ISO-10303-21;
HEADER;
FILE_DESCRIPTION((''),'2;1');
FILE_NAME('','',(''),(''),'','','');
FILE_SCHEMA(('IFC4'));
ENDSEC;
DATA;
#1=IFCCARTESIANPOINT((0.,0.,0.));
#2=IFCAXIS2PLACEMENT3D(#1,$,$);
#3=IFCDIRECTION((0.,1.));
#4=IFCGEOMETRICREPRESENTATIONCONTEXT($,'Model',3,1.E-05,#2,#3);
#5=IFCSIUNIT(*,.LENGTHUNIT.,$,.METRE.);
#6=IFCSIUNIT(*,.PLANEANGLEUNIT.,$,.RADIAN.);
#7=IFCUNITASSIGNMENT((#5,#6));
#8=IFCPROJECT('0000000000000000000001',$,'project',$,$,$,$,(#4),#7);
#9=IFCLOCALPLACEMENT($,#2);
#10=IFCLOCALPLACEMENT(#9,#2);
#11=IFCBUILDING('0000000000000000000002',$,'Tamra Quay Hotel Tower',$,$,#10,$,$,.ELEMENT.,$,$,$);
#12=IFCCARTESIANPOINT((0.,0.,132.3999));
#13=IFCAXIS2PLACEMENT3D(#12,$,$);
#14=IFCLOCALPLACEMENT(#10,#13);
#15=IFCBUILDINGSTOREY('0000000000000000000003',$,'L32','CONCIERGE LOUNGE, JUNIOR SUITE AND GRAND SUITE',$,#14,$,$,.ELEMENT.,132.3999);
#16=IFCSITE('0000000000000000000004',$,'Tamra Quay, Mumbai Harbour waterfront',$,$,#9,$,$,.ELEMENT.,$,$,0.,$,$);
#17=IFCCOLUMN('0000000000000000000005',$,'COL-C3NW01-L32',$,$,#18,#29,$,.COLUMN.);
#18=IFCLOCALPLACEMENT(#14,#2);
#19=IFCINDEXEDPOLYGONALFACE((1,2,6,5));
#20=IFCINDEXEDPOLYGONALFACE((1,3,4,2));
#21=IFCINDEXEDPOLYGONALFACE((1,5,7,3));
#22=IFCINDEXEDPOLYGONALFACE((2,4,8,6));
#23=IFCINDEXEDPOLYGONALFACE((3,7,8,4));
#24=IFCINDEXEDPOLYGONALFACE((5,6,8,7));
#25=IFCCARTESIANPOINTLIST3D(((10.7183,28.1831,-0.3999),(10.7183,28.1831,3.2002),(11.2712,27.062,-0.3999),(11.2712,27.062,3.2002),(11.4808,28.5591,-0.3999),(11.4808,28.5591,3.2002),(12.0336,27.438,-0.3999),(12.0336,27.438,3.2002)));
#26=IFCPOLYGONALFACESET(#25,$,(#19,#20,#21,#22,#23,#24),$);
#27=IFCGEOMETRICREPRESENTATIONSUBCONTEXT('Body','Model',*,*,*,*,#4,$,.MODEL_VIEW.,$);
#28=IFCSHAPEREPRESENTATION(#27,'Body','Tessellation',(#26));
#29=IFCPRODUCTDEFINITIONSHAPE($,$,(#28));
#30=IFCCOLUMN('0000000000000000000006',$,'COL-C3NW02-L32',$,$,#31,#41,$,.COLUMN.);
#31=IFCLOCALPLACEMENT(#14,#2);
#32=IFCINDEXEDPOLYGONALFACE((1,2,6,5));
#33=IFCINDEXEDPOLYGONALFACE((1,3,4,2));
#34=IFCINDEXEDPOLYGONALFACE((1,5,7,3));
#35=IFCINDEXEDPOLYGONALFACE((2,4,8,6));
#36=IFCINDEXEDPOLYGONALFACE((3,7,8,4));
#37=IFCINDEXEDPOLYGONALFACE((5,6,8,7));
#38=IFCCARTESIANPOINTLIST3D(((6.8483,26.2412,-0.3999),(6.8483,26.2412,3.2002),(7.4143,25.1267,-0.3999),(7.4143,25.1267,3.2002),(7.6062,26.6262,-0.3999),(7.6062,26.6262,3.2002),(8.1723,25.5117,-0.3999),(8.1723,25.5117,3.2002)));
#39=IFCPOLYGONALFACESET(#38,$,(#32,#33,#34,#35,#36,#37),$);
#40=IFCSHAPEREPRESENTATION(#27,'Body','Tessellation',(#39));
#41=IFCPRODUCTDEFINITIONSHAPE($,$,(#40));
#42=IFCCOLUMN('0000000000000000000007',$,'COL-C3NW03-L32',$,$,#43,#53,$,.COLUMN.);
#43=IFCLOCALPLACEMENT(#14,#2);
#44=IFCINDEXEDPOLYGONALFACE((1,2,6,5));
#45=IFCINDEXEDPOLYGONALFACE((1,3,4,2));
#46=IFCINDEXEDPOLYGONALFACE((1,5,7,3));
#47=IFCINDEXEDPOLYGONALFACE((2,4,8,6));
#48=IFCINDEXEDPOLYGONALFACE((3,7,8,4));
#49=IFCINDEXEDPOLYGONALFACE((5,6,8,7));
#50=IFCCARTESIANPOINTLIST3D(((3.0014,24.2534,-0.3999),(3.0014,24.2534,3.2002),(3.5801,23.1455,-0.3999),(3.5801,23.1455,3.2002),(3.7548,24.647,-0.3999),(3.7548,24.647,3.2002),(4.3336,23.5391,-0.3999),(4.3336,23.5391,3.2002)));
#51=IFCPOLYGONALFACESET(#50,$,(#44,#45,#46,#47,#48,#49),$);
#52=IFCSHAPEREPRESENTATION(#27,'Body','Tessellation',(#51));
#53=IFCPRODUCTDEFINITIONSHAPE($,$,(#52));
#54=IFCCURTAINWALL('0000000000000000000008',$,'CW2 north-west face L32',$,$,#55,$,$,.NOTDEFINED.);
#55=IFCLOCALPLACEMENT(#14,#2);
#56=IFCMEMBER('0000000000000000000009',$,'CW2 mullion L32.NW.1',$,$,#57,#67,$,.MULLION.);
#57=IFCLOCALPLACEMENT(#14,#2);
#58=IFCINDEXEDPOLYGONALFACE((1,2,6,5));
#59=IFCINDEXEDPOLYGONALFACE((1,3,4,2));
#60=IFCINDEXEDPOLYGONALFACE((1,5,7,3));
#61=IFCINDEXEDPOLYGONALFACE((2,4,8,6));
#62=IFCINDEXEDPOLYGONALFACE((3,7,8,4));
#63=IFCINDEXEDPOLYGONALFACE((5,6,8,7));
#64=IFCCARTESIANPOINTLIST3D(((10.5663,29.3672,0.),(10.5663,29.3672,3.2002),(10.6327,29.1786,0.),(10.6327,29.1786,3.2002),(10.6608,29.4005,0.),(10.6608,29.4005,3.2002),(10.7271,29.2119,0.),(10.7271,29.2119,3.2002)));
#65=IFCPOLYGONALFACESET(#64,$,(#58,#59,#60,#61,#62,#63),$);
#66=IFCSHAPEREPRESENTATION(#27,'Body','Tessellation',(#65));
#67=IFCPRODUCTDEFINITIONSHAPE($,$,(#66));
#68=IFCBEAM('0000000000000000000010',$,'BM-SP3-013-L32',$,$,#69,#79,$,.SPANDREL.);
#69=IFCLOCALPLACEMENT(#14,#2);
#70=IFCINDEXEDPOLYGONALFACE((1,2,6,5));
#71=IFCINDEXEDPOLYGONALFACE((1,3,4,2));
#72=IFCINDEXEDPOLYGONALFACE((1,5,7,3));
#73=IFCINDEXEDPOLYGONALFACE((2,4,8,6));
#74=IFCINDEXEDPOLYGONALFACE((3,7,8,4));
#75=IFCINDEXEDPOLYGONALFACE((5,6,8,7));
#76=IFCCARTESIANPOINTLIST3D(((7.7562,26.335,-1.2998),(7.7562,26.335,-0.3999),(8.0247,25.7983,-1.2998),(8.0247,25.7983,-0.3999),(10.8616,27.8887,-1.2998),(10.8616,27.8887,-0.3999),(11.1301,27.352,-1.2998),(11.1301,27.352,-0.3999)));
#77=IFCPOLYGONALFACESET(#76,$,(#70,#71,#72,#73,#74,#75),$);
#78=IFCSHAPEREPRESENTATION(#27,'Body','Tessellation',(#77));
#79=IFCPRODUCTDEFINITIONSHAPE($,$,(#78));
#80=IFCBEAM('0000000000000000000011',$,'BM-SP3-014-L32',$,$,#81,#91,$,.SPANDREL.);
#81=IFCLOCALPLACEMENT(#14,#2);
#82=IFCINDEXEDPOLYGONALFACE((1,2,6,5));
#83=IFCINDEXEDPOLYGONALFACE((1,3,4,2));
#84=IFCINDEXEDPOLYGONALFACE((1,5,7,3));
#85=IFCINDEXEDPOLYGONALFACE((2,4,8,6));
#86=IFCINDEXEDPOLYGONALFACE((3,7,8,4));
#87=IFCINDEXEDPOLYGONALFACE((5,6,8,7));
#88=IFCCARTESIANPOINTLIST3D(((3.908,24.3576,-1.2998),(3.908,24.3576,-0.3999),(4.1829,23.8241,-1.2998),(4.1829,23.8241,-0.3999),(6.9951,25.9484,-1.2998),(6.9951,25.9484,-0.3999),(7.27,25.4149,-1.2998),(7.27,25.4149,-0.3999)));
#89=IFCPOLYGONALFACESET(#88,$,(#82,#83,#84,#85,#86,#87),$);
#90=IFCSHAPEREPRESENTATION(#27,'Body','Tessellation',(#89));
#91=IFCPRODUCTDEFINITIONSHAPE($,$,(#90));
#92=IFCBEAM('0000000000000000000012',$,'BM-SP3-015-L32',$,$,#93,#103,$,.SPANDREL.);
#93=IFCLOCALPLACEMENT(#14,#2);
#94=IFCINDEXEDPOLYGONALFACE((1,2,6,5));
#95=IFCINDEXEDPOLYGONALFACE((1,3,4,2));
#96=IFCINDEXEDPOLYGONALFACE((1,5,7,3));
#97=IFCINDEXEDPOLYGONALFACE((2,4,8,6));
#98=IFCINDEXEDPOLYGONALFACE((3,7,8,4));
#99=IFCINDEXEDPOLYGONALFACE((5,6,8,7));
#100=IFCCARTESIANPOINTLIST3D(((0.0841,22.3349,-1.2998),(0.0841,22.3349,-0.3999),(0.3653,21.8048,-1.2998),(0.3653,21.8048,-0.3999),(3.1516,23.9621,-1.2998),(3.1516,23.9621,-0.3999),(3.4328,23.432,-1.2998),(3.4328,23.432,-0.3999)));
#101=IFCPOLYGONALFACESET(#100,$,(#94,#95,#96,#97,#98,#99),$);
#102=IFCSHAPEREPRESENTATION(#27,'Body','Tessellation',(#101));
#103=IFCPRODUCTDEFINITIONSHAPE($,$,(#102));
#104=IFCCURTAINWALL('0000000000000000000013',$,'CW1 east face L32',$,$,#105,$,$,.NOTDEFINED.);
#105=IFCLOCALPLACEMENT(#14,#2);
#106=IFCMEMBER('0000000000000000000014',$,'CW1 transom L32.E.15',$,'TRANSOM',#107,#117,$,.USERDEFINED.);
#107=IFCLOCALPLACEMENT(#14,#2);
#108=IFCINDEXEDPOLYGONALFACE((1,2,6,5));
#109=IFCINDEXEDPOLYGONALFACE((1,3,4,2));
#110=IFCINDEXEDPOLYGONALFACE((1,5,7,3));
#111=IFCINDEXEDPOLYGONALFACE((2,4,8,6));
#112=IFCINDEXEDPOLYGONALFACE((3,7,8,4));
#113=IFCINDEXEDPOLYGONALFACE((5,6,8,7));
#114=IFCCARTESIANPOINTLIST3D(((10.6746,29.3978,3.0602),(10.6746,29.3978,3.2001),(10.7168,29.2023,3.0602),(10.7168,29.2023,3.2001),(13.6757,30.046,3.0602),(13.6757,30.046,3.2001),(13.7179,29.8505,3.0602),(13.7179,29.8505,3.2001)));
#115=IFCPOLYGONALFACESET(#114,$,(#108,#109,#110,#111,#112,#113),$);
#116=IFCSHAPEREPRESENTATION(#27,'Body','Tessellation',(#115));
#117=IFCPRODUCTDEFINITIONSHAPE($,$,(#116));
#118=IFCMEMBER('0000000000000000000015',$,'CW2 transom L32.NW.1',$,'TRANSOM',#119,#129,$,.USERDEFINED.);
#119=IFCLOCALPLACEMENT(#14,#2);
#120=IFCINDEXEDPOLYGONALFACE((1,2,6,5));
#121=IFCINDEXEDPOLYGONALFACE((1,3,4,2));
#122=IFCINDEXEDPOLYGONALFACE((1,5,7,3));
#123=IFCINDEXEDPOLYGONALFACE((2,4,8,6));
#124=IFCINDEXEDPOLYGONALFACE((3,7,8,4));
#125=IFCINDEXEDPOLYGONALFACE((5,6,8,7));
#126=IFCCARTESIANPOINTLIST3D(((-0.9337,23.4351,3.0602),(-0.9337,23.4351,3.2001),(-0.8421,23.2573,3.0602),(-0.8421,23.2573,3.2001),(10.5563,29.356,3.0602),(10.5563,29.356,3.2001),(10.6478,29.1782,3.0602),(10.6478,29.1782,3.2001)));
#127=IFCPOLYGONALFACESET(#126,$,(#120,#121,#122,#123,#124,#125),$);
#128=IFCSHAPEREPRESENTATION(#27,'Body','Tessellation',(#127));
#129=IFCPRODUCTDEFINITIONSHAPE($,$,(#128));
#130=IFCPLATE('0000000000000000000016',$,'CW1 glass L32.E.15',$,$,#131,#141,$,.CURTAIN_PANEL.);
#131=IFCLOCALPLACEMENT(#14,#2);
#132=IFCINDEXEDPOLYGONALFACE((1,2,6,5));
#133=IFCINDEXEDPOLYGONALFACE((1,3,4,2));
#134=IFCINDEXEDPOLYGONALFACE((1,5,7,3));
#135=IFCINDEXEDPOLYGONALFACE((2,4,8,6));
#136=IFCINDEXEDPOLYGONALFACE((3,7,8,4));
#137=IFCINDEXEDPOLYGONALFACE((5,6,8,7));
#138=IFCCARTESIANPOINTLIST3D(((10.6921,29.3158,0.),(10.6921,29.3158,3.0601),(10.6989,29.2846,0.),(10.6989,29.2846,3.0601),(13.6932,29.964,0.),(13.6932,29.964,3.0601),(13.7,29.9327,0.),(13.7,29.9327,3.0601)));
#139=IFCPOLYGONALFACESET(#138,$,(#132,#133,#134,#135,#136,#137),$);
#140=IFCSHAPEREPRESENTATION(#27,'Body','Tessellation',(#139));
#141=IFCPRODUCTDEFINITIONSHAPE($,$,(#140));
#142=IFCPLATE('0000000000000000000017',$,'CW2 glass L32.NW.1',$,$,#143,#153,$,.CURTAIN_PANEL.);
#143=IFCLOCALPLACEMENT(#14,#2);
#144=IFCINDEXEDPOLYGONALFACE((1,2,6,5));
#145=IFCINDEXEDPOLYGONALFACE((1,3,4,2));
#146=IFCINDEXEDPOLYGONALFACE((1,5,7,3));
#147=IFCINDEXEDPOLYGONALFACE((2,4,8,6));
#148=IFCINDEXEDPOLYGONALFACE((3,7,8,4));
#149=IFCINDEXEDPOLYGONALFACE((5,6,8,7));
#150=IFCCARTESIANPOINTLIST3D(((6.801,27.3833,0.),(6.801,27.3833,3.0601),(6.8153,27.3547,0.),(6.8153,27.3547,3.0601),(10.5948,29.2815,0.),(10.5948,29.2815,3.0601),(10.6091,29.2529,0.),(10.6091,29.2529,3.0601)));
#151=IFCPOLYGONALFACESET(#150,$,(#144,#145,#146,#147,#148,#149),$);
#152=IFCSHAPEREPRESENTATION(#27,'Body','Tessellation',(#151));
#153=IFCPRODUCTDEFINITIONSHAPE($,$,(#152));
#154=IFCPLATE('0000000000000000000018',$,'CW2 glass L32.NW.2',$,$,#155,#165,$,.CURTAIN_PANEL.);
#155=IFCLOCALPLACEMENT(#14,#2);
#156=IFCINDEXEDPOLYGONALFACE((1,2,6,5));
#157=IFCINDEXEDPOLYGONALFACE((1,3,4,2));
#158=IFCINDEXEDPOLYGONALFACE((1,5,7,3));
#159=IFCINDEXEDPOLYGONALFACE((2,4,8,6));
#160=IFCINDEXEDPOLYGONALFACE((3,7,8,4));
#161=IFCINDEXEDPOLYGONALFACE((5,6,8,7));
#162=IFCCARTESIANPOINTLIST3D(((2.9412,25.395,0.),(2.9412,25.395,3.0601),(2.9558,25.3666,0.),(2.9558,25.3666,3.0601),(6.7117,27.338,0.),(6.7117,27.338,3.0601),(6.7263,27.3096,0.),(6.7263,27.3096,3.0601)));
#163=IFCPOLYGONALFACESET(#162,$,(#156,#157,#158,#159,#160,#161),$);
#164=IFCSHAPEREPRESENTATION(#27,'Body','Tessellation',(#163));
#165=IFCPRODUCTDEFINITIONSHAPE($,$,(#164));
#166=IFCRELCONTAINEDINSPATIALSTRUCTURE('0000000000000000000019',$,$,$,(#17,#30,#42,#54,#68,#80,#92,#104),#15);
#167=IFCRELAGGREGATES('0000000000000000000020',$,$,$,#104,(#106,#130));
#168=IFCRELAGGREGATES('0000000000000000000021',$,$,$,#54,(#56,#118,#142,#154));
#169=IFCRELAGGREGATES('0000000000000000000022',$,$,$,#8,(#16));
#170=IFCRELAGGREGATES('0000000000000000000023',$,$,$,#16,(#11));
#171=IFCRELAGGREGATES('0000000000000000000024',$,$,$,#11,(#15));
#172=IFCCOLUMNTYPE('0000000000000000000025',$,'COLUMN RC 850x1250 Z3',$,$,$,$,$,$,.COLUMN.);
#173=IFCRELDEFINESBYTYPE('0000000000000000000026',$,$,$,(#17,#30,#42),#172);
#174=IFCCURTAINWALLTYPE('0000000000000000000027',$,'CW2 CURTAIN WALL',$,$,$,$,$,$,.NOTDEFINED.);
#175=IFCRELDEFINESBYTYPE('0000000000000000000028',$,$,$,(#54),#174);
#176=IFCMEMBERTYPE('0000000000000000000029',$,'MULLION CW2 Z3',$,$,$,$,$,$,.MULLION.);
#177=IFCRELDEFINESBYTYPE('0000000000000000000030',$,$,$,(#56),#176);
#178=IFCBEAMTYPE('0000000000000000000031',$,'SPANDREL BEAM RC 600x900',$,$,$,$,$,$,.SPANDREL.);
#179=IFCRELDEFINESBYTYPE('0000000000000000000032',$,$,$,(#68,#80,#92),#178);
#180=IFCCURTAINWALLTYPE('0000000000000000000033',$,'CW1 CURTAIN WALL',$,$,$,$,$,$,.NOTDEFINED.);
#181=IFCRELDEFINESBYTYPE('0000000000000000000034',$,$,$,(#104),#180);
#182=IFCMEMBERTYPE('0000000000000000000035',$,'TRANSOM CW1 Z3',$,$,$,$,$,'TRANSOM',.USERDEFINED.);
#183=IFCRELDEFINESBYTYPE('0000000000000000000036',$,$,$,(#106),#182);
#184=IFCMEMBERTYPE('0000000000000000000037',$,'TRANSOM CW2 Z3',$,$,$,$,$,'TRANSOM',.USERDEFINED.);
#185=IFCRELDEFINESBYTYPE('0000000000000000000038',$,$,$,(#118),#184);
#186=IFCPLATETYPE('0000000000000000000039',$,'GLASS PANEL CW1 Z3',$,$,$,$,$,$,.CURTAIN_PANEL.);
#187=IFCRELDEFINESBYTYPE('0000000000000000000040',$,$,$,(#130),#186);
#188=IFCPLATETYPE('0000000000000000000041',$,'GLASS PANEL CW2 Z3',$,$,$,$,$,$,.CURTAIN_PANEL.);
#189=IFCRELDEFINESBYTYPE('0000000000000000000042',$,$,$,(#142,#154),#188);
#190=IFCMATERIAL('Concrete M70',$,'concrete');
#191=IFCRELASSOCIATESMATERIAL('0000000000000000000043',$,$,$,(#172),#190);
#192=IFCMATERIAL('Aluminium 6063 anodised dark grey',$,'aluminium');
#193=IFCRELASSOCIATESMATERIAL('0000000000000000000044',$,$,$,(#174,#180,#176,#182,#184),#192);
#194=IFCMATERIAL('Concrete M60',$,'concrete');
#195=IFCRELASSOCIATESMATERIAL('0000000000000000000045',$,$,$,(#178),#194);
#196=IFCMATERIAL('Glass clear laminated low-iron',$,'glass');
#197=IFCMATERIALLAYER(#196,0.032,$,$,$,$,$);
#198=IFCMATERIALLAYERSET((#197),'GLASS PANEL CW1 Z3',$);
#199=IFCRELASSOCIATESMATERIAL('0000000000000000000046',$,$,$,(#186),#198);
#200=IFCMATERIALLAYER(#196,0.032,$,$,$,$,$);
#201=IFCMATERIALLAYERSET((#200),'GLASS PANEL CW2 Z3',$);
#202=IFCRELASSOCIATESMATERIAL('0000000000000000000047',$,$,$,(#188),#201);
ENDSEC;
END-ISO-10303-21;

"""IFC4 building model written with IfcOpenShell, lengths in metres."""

from ifc_helpers import new_model, si_unit, direction, frame, origin, origin_2d, place, context, subcontext, project, spatial, rectangle, extrude, material, layer, layer_set, material_profile, profile_set, type_object, element, aggregate, save


model = new_model("IFC4")

# Units and contexts
model_context = context("Model", 3, precision=1e-05, world=origin(), true_north=direction((0.0, 1.0)))
body_context = subcontext(model_context, "Body", "Model", "MODEL_VIEW")
ifc_project = project(units=[si_unit("LENGTHUNIT", "METRE"), si_unit("PLANEANGLEUNIT", "RADIAN")], contexts=[model_context])

# Site, building, storey
site_placement = place(None, origin())
site = spatial("IfcSite", under=ifc_project, at=site_placement, Name="Tamra Quay, Mumbai Harbour waterfront", CompositionType="ELEMENT", RefElevation=0.0)
building_placement = place(site_placement, origin())
building = spatial("IfcBuilding", under=site, at=building_placement, Name="Tamra Quay Hotel Tower", CompositionType="ELEMENT")
storey_placement = place(building_placement, frame((0.0, 0.0, 132.3999)))
storey = spatial("IfcBuildingStorey", under=building, at=storey_placement, Name="L32", Description="CONCIERGE LOUNGE, JUNIOR SUITE AND GRAND SUITE", CompositionType="ELEMENT", Elevation=132.3999)

# Columns
ifc_material_1 = material(Name="Concrete M70", Category="concrete")
ifc_material_profile_1 = material_profile(ifc_material_1, rectangle(XDim=1.25, YDim=0.8501, at=origin_2d()), Name="COLUMN RC 850x1250 Z3")
ifc_profile_set_1 = profile_set([ifc_material_profile_1], Name="Concrete M70")
column_type = type_object("IfcColumnType", Name="COLUMN RC 850x1250 Z3", PredefinedType="COLUMN", material=ifc_profile_set_1)
for number, where, z_axis, x_axis, name in (
    (1, (11.376, 27.8105, -0.3999), (0.0, 0.0, 1.0), (-0.442275, 0.89688, 0.0), "COL-C3NW01-L32"),
    (2, (7.5103, 25.8765, -0.3999), (0.0, 0.0, 1.0), (-0.45286, 0.891582, 0.0), "COL-C3NW02-L32"),
    (3, (3.6675, 23.8962, -0.3999), (0.0, 0.0, 1.0), (-0.463007, 0.886355, 0.0), "COL-C3NW03-L32"),
):
    element("IfcColumn", number, at=place(storey_placement, frame(where, z_axis=z_axis, x_axis=x_axis)), inside=storey, type_object=column_type, Name=name, PredefinedType="COLUMN", context=body_context, shape_type="SweptSolid", body=[
        extrude(rectangle(XDim=1.25, YDim=0.8501, at=origin_2d()), origin(), (0.0, 0.0, 1.0), 3.6001),
    ])

# Curtain wall, member
ifc_material_2 = material(Name="Aluminium 6063 anodised dark grey", Category="aluminium")
curtain_wall_type_1 = type_object("IfcCurtainWallType", Name="CW2 CURTAIN WALL", PredefinedType="NOTDEFINED", material=ifc_material_2)
curtain_wall_1_placement = place(storey_placement, origin())
curtain_wall_1 = element("IfcCurtainWall", 4, at=curtain_wall_1_placement, inside=storey, type_object=curtain_wall_type_1, Name="CW2 north-west face L32", PredefinedType="NOTDEFINED")
ifc_material_profile_2 = material_profile(ifc_material_2, rectangle(XDim=0.2, YDim=0.1001, at=origin_2d()), Name="MULLION 100X200")
ifc_profile_set_2 = profile_set([ifc_material_profile_2], Name="Aluminium 6063 anodised dark grey")
member_type_1 = type_object("IfcMemberType", Name="MULLION CW2 Z3", PredefinedType="MULLION", material=ifc_profile_set_2)
member_1_placement = place(storey_placement, frame((10.6467, 29.2896, 0.0), z_axis=(0.0, 0.0, 1.0), x_axis=(-0.331894, 0.943317, 0.0)))
member_1 = element("IfcMember", 5, at=member_1_placement, type_object=member_type_1, Name="CW2 mullion L32.NW.1", PredefinedType="MULLION", context=body_context, shape_type="SweptSolid", body=[
    extrude(rectangle(XDim=0.2, YDim=0.1001, at=origin_2d()), origin(), (0.0, 0.0, 1.0), 3.2002),
])

# Beams
ifc_material_3 = material(Name="Concrete M60", Category="concrete")
ifc_material_profile_3 = material_profile(ifc_material_3, rectangle(XDim=0.6001, YDim=0.8999, at=origin_2d()), Name="SPANDREL BEAM RC 600x900")
ifc_profile_set_3 = profile_set([ifc_material_profile_3], Name="Concrete M60")
beam_type = type_object("IfcBeamType", Name="SPANDREL BEAM RC 600x900", PredefinedType="SPANDREL", material=ifc_profile_set_3)
beam_1_placement = place(storey_placement, frame((10.9958, 27.6204, -0.8499), z_axis=(-0.894315, -0.447439, 0.0), x_axis=(0.447439, -0.894315, 0.0)))
element("IfcBeam", 6, at=beam_1_placement, inside=storey, type_object=beam_type, Name="BM-SP3-013-L32", PredefinedType="SPANDREL", context=body_context, shape_type="SweptSolid", body=[
    extrude(rectangle(XDim=0.6001, YDim=0.8999, at=origin_2d()), origin(), (0.0, 0.0, 1.0), 3.4724),
])
beam_2_placement = place(storey_placement, frame((7.1326, 25.6816, -0.8499), z_axis=(-0.88892, -0.458063, 0.0), x_axis=(0.458063, -0.88892, 0.0)))
element("IfcBeam", 7, at=beam_2_placement, inside=storey, type_object=beam_type, Name="BM-SP3-014-L32", PredefinedType="SPANDREL", context=body_context, shape_type="SweptSolid", body=[
    extrude(rectangle(XDim=0.6001, YDim=0.8999, at=origin_2d()), origin(), (0.0, 0.0, 1.0), 3.4729),
])
beam_3_placement = place(storey_placement, frame((3.2922, 23.697, -0.8499), z_axis=(-0.883411, -0.468598, 0.0), x_axis=(0.468598, -0.883411, 0.0)))
element("IfcBeam", 8, at=beam_3_placement, inside=storey, type_object=beam_type, Name="BM-SP3-015-L32", PredefinedType="SPANDREL", context=body_context, shape_type="SweptSolid", body=[
    extrude(rectangle(XDim=0.6001, YDim=0.8999, at=origin_2d()), origin(), (0.0, 0.0, 1.0), 3.4724),
])

# Curtain wall, member
curtain_wall_type_2 = type_object("IfcCurtainWallType", Name="CW1 CURTAIN WALL", PredefinedType="NOTDEFINED", material=ifc_material_2)
curtain_wall_2_placement = place(storey_placement, origin())
curtain_wall_2 = element("IfcCurtainWall", 9, at=curtain_wall_2_placement, inside=storey, type_object=curtain_wall_type_2, Name="CW1 east face L32", PredefinedType="NOTDEFINED")
ifc_material_profile_4 = material_profile(ifc_material_2, rectangle(XDim=0.2, YDim=0.1399, at=origin_2d()), Name="TRANSOM 200X140")
ifc_profile_set_4 = profile_set([ifc_material_profile_4], Name="Aluminium 6063 anodised dark grey")
member_type_2 = type_object("IfcMemberType", Name="TRANSOM CW1 Z3", ElementType="TRANSOM", PredefinedType="USERDEFINED", material=ifc_profile_set_4)
member_2_placement = place(storey_placement, frame((13.6968, 29.9482, 3.1301), z_axis=(-0.977463, -0.211109, 0.0), x_axis=(0.211109, -0.977463, 0.0)))
member_2 = element("IfcMember", 10, at=member_2_placement, type_object=member_type_2, Name="CW1 transom L32.E.15", ObjectType="TRANSOM", PredefinedType="USERDEFINED", context=body_context, shape_type="SweptSolid", body=[
    extrude(rectangle(XDim=0.2, YDim=0.1399, at=origin_2d()), origin(), (0.0, 0.0, 1.0), 3.0703),
])

# Member
ifc_material_profile_5 = material_profile(ifc_material_2, rectangle(XDim=0.2, YDim=0.1399, at=origin_2d()), Name="TRANSOM 200X140")
ifc_profile_set_5 = profile_set([ifc_material_profile_5], Name="Aluminium 6063 anodised dark grey")
member_type_3 = type_object("IfcMemberType", Name="TRANSOM CW2 Z3", ElementType="TRANSOM", PredefinedType="USERDEFINED", material=ifc_profile_set_5)
member_3_placement = place(storey_placement, frame((10.6021, 29.2671, 3.1301), z_axis=(-0.888917, -0.458067, 0.0), x_axis=(0.458067, -0.888917, 0.0)))
member_3 = element("IfcMember", 11, at=member_3_placement, type_object=member_type_3, Name="CW2 transom L32.NW.1", ObjectType="TRANSOM", PredefinedType="USERDEFINED", context=body_context, shape_type="SweptSolid", body=[
    extrude(rectangle(XDim=0.2, YDim=0.1399, at=origin_2d()), origin(), (0.0, 0.0, 1.0), 12.9258),
])

# Plates
ifc_material_4 = material(Name="Glass clear laminated low-iron", Category="glass")
ifc_layer_1 = layer(ifc_material_4, 0.032)
ifc_layer_set_1 = layer_set([ifc_layer_1], Name="GLASS PANEL CW1 Z3")
plate_type_1 = type_object("IfcPlateType", Name="GLASS PANEL CW1 Z3", PredefinedType="CURTAIN_PANEL", material=ifc_layer_set_1)
plate_1_placement = place(storey_placement, frame((12.196, 29.6243, 0.0), z_axis=(0.0, 0.0, 1.0), x_axis=(-0.977465, -0.211099, 0.0)))
plate_1 = element("IfcPlate", 12, at=plate_1_placement, type_object=plate_type_1, Name="CW1 glass L32.E.15", PredefinedType="CURTAIN_PANEL", context=body_context, shape_type="SweptSolid", body=[
    extrude(rectangle(XDim=3.0703, YDim=0.032, at=origin_2d()), origin(), (0.0, 0.0, 1.0), 3.0601),
])
aggregate(curtain_wall_2, [member_2, plate_1])
ifc_layer_2 = layer(ifc_material_4, 0.032)
ifc_layer_set_2 = layer_set([ifc_layer_2], Name="GLASS PANEL CW2 Z3")
plate_type_2 = type_object("IfcPlateType", Name="GLASS PANEL CW2 Z3", PredefinedType="CURTAIN_PANEL", material=ifc_layer_set_2)
plate_2_placement = place(storey_placement, frame((8.7051, 28.3181, 0.0), z_axis=(0.0, 0.0, 1.0), x_axis=(-0.894305, -0.447459, 0.0)))
plate_2 = element("IfcPlate", 13, at=plate_2_placement, type_object=plate_type_2, Name="CW2 glass L32.NW.1", PredefinedType="CURTAIN_PANEL", context=body_context, shape_type="SweptSolid", body=[
    extrude(rectangle(XDim=4.2422, YDim=0.032, at=origin_2d()), origin(), (0.0, 0.0, 1.0), 3.0601),
])
plate_3_placement = place(storey_placement, frame((4.8337, 26.3523, 0.0), z_axis=(0.0, 0.0, 1.0), x_axis=(-0.888911, -0.45808, 0.0)))
plate_3 = element("IfcPlate", 14, at=plate_3_placement, type_object=plate_type_2, Name="CW2 glass L32.NW.2", PredefinedType="CURTAIN_PANEL", context=body_context, shape_type="SweptSolid", body=[
    extrude(rectangle(XDim=4.2417, YDim=0.032, at=origin_2d()), origin(), (0.0, 0.0, 1.0), 3.0601),
])
aggregate(curtain_wall_1, [member_1, member_3, plate_2, plate_3])

save(model, "model.ifc")
